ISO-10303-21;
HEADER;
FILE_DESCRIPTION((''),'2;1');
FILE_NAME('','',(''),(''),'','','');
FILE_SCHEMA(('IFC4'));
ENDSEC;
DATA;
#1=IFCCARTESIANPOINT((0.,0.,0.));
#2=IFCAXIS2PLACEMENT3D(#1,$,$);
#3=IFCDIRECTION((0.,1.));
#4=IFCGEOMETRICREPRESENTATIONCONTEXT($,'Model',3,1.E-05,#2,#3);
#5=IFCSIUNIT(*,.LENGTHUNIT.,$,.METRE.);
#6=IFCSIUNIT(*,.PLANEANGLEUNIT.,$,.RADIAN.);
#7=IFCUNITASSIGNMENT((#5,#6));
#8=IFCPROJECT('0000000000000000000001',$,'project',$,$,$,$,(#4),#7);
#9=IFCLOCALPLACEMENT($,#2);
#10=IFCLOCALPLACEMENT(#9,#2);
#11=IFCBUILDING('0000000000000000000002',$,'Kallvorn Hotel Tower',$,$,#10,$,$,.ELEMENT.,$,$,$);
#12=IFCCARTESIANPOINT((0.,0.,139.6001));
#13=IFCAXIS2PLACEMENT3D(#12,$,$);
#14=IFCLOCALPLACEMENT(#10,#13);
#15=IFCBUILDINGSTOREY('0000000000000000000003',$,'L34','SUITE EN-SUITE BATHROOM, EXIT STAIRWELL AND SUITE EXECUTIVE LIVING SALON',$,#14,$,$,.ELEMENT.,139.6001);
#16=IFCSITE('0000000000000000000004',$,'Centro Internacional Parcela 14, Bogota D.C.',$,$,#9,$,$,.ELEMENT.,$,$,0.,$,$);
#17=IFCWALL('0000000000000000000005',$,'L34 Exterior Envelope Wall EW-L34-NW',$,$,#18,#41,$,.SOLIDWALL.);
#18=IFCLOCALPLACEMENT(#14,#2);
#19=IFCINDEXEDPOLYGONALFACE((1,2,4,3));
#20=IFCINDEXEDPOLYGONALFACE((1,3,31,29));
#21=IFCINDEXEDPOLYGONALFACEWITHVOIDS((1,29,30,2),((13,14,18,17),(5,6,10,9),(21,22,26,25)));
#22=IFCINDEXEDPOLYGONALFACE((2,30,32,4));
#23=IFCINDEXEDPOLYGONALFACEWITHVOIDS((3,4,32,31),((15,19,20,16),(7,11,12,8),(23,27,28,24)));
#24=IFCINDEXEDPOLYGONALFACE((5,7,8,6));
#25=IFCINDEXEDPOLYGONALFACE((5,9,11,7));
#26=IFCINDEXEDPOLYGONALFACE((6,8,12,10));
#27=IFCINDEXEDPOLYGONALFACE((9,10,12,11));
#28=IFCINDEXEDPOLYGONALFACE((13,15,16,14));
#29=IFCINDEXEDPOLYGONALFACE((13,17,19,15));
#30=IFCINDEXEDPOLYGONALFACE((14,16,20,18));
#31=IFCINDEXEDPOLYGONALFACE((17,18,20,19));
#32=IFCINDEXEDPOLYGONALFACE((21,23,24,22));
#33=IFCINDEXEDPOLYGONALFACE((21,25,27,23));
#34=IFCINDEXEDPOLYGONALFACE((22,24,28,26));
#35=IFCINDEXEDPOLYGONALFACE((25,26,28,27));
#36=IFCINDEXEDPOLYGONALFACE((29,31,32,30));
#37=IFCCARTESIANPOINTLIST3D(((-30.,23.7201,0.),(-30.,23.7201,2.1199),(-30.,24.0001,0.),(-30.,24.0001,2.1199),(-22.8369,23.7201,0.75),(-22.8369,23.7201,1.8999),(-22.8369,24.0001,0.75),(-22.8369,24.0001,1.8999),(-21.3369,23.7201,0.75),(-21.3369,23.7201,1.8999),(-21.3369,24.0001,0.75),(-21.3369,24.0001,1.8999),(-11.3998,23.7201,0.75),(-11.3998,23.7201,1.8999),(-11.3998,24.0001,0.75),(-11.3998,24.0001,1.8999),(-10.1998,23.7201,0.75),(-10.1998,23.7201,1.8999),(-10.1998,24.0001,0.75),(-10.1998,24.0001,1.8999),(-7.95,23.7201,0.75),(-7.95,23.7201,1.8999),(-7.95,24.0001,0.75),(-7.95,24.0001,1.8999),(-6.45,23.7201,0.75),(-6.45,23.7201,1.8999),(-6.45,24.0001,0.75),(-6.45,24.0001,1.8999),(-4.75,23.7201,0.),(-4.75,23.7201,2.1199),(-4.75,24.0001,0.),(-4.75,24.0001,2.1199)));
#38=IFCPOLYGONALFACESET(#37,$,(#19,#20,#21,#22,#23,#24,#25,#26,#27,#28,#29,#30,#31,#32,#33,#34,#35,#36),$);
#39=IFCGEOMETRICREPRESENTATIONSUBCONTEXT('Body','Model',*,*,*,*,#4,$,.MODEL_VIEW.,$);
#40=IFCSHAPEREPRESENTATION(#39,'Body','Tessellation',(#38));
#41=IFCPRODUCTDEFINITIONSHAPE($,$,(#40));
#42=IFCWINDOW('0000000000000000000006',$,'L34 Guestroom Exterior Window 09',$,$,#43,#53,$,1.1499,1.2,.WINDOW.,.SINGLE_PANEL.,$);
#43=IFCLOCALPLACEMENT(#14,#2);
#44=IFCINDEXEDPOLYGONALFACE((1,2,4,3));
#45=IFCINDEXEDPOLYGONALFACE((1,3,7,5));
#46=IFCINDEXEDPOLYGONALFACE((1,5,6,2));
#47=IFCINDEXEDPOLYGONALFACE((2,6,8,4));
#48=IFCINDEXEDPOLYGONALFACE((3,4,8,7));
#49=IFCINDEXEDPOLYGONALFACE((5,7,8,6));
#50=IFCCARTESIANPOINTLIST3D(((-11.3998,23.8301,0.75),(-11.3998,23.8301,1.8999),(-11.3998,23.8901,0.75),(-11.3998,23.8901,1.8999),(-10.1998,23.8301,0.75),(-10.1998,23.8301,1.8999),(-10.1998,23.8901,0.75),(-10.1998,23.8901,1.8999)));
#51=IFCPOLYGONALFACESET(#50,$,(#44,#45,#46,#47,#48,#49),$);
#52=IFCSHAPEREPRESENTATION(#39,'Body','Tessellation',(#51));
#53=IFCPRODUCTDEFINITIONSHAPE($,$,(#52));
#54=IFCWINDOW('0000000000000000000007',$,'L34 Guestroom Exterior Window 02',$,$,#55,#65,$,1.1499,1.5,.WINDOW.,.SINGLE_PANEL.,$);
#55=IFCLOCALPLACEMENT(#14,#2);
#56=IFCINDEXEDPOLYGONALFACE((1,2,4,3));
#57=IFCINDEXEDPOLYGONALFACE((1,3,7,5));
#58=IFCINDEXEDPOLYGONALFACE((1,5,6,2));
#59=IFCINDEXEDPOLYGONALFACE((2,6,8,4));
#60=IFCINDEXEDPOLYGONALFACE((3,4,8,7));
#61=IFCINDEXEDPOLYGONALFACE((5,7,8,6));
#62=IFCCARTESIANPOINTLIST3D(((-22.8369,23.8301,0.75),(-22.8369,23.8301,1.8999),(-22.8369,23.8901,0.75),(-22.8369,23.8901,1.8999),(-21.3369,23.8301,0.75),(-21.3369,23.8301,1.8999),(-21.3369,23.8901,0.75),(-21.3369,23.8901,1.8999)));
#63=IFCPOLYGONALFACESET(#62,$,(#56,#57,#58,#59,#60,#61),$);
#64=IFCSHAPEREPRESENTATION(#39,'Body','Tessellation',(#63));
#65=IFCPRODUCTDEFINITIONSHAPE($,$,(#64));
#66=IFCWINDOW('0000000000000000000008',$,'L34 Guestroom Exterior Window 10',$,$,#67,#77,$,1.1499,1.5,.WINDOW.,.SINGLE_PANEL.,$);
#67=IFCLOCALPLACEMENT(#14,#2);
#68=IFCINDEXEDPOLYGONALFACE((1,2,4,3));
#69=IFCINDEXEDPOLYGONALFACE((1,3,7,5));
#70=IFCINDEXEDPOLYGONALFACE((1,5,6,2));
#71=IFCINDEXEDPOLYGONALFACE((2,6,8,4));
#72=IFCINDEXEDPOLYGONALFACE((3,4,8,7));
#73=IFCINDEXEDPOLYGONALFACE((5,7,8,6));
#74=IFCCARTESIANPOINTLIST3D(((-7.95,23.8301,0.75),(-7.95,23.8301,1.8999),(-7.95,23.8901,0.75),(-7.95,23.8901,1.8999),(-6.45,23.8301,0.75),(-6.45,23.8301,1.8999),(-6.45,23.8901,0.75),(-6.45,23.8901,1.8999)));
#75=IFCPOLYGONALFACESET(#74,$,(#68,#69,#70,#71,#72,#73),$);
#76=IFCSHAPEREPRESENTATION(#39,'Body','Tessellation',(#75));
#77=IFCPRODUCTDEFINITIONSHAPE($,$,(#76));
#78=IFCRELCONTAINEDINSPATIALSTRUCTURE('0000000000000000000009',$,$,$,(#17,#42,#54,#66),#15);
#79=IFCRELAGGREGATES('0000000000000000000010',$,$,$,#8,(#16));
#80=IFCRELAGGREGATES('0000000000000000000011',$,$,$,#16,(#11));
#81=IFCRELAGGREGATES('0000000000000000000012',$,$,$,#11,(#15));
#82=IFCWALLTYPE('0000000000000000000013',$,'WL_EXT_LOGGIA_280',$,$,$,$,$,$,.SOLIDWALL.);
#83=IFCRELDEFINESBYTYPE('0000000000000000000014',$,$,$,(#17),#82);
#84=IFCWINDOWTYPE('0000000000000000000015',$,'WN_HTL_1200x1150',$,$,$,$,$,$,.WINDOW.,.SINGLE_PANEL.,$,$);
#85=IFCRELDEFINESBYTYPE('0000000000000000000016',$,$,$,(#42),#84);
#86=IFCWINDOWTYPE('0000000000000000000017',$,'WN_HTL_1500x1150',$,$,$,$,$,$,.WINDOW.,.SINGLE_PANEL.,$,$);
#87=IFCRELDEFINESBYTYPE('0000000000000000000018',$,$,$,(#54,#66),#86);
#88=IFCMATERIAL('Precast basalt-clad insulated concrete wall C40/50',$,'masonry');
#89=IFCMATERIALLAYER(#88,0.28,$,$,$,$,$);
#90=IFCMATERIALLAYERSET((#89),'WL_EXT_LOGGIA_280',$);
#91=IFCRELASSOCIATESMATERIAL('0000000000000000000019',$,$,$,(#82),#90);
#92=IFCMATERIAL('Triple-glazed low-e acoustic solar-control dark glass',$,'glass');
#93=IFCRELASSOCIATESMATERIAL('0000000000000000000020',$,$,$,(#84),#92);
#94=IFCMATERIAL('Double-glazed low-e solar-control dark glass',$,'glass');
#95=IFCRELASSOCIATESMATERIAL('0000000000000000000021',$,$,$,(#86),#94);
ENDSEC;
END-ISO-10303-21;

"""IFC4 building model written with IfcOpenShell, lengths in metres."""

from ifc_helpers import new_model, si_unit, direction, frame, frame_2d, origin, place, context, subcontext, project, spatial, rectangle, extrude, material, layer, layer_set, type_object, element, fill, save


model = new_model("IFC4")

# Units and contexts
model_context = context("Model", 3, precision=1e-05, world=origin(), true_north=direction((0.0, 1.0)))
body_context = subcontext(model_context, "Body", "Model", "MODEL_VIEW")
ifc_project = project(units=[si_unit("LENGTHUNIT", "METRE"), si_unit("PLANEANGLEUNIT", "RADIAN")], contexts=[model_context])

# Site, building, storey
site_placement = place(None, origin())
site = spatial("IfcSite", under=ifc_project, at=site_placement, Name="Centro Internacional Parcela 14, Bogota D.C.", CompositionType="ELEMENT", RefElevation=0.0)
building_placement = place(site_placement, origin())
building = spatial("IfcBuilding", under=site, at=building_placement, Name="Kallvorn Hotel Tower", CompositionType="ELEMENT")
storey_placement = place(building_placement, frame((0.0, 0.0, 139.6001)))
storey = spatial("IfcBuildingStorey", under=building, at=storey_placement, Name="L34", Description="SUITE EN-SUITE BATHROOM, EXIT STAIRWELL AND SUITE EXECUTIVE LIVING SALON", CompositionType="ELEMENT", Elevation=139.6001)

# Shared definitions
ifc_material_1 = material(Name="Precast basalt-clad insulated concrete wall C40/50", Category="masonry")
ifc_layer_1 = layer(ifc_material_1, 0.28)
ifc_layer_set_1 = layer_set([ifc_layer_1], Name="WL_EXT_LOGGIA_280")
wall_type = type_object("IfcWallType", Name="WL_EXT_LOGGIA_280", PredefinedType="SOLIDWALL", material=ifc_layer_set_1)

# Wall, openings, windows
wall_1_placement = place(storey_placement, frame((-30.0, 23.8601, 0.0), z_axis=(0.0, 0.0, 1.0), x_axis=(1.0, 0.0, 0.0)))
wall_1 = element("IfcWall", 1, at=wall_1_placement, inside=storey, type_object=wall_type, Name="L34 Exterior Envelope Wall EW-L34-NW", PredefinedType="SOLIDWALL", context=body_context, shape_type="SweptSolid", body=[
    extrude(rectangle(XDim=25.25, YDim=0.28, at=frame_2d((12.625, 0.0))), origin(), (0.0, 0.0, 1.0), 2.1199),
])
opening_1_placement = place(wall_1_placement, frame((7.1631, 0.0, 0.75)))
opening_1 = element("IfcOpeningElement", 2, at=opening_1_placement, cuts=wall_1, PredefinedType="OPENING", context=body_context, shape_type="SweptSolid", body=[
    extrude(rectangle(XDim=1.5, YDim=1.1499, at=frame_2d((0.75, 0.575))), frame((0.0, 0.155, 0.0), z_axis=(0.0, -1.0, 0.0), x_axis=(1.0, 0.0, 0.0)), (0.0, 0.0, 1.0), 0.3101),
])
opening_2_placement = place(wall_1_placement, frame((18.6001, 0.0, 0.75)))
opening_2 = element("IfcOpeningElement", 3, at=opening_2_placement, cuts=wall_1, PredefinedType="OPENING", context=body_context, shape_type="SweptSolid", body=[
    extrude(rectangle(XDim=1.2, YDim=1.1499, at=frame_2d((0.6001, 0.575))), frame((0.0, 0.155, 0.0), z_axis=(0.0, -1.0, 0.0), x_axis=(1.0, 0.0, 0.0)), (0.0, 0.0, 1.0), 0.3101),
])
opening_3_placement = place(wall_1_placement, frame((22.05, 0.0, 0.75)))
opening_3 = element("IfcOpeningElement", 4, at=opening_3_placement, cuts=wall_1, PredefinedType="OPENING", context=body_context, shape_type="SweptSolid", body=[
    extrude(rectangle(XDim=1.5, YDim=1.1499, at=frame_2d((0.75, 0.575))), frame((0.0, 0.155, 0.0), z_axis=(0.0, -1.0, 0.0), x_axis=(1.0, 0.0, 0.0)), (0.0, 0.0, 1.0), 0.3101),
])
ifc_material_2 = material(Name="Triple-glazed low-e acoustic solar-control dark glass", Category="glass")
window_type_1 = type_object("IfcWindowType", Name="WN_HTL_1200x1150", PartitioningType="SINGLE_PANEL", PredefinedType="WINDOW", material=ifc_material_2)
window_1_placement = place(opening_2_placement, origin())
window_1 = element("IfcWindow", 5, at=window_1_placement, inside=storey, type_object=window_type_1, Name="L34 Guestroom Exterior Window 09", OverallHeight=1.1499, OverallWidth=1.2, PartitioningType="SINGLE_PANEL", PredefinedType="WINDOW", context=body_context, shape_type="SweptSolid", body=[
    extrude(rectangle(XDim=1.2, YDim=1.1499, at=frame_2d((0.6001, 0.575))), frame((0.0, 0.03, 0.0), z_axis=(0.0, -1.0, 0.0), x_axis=(1.0, 0.0, 0.0)), (0.0, 0.0, 1.0), 0.0601),
])
fill(opening_2, window_1)
ifc_material_3 = material(Name="Double-glazed low-e solar-control dark glass", Category="glass")
window_type_2 = type_object("IfcWindowType", Name="WN_HTL_1500x1150", PartitioningType="SINGLE_PANEL", PredefinedType="WINDOW", material=ifc_material_3)
window_2_placement = place(opening_1_placement, origin())
window_2 = element("IfcWindow", 6, at=window_2_placement, inside=storey, type_object=window_type_2, Name="L34 Guestroom Exterior Window 02", OverallHeight=1.1499, OverallWidth=1.5, PartitioningType="SINGLE_PANEL", PredefinedType="WINDOW", context=body_context, shape_type="SweptSolid", body=[
    extrude(rectangle(XDim=1.5, YDim=1.1499, at=frame_2d((0.75, 0.575))), frame((0.0, 0.03, 0.0), z_axis=(0.0, -1.0, 0.0), x_axis=(1.0, 0.0, 0.0)), (0.0, 0.0, 1.0), 0.0601),
])
fill(opening_1, window_2)
window_3_placement = place(opening_3_placement, origin())
window_3 = element("IfcWindow", 7, at=window_3_placement, inside=storey, type_object=window_type_2, Name="L34 Guestroom Exterior Window 10", OverallHeight=1.1499, OverallWidth=1.5, PartitioningType="SINGLE_PANEL", PredefinedType="WINDOW", context=body_context, shape_type="SweptSolid", body=[
    extrude(rectangle(XDim=1.5, YDim=1.1499, at=frame_2d((0.75, 0.575))), frame((0.0, 0.03, 0.0), z_axis=(0.0, -1.0, 0.0), x_axis=(1.0, 0.0, 0.0)), (0.0, 0.0, 1.0), 0.0601),
])
fill(opening_3, window_3)

save(model, "model.ifc")
